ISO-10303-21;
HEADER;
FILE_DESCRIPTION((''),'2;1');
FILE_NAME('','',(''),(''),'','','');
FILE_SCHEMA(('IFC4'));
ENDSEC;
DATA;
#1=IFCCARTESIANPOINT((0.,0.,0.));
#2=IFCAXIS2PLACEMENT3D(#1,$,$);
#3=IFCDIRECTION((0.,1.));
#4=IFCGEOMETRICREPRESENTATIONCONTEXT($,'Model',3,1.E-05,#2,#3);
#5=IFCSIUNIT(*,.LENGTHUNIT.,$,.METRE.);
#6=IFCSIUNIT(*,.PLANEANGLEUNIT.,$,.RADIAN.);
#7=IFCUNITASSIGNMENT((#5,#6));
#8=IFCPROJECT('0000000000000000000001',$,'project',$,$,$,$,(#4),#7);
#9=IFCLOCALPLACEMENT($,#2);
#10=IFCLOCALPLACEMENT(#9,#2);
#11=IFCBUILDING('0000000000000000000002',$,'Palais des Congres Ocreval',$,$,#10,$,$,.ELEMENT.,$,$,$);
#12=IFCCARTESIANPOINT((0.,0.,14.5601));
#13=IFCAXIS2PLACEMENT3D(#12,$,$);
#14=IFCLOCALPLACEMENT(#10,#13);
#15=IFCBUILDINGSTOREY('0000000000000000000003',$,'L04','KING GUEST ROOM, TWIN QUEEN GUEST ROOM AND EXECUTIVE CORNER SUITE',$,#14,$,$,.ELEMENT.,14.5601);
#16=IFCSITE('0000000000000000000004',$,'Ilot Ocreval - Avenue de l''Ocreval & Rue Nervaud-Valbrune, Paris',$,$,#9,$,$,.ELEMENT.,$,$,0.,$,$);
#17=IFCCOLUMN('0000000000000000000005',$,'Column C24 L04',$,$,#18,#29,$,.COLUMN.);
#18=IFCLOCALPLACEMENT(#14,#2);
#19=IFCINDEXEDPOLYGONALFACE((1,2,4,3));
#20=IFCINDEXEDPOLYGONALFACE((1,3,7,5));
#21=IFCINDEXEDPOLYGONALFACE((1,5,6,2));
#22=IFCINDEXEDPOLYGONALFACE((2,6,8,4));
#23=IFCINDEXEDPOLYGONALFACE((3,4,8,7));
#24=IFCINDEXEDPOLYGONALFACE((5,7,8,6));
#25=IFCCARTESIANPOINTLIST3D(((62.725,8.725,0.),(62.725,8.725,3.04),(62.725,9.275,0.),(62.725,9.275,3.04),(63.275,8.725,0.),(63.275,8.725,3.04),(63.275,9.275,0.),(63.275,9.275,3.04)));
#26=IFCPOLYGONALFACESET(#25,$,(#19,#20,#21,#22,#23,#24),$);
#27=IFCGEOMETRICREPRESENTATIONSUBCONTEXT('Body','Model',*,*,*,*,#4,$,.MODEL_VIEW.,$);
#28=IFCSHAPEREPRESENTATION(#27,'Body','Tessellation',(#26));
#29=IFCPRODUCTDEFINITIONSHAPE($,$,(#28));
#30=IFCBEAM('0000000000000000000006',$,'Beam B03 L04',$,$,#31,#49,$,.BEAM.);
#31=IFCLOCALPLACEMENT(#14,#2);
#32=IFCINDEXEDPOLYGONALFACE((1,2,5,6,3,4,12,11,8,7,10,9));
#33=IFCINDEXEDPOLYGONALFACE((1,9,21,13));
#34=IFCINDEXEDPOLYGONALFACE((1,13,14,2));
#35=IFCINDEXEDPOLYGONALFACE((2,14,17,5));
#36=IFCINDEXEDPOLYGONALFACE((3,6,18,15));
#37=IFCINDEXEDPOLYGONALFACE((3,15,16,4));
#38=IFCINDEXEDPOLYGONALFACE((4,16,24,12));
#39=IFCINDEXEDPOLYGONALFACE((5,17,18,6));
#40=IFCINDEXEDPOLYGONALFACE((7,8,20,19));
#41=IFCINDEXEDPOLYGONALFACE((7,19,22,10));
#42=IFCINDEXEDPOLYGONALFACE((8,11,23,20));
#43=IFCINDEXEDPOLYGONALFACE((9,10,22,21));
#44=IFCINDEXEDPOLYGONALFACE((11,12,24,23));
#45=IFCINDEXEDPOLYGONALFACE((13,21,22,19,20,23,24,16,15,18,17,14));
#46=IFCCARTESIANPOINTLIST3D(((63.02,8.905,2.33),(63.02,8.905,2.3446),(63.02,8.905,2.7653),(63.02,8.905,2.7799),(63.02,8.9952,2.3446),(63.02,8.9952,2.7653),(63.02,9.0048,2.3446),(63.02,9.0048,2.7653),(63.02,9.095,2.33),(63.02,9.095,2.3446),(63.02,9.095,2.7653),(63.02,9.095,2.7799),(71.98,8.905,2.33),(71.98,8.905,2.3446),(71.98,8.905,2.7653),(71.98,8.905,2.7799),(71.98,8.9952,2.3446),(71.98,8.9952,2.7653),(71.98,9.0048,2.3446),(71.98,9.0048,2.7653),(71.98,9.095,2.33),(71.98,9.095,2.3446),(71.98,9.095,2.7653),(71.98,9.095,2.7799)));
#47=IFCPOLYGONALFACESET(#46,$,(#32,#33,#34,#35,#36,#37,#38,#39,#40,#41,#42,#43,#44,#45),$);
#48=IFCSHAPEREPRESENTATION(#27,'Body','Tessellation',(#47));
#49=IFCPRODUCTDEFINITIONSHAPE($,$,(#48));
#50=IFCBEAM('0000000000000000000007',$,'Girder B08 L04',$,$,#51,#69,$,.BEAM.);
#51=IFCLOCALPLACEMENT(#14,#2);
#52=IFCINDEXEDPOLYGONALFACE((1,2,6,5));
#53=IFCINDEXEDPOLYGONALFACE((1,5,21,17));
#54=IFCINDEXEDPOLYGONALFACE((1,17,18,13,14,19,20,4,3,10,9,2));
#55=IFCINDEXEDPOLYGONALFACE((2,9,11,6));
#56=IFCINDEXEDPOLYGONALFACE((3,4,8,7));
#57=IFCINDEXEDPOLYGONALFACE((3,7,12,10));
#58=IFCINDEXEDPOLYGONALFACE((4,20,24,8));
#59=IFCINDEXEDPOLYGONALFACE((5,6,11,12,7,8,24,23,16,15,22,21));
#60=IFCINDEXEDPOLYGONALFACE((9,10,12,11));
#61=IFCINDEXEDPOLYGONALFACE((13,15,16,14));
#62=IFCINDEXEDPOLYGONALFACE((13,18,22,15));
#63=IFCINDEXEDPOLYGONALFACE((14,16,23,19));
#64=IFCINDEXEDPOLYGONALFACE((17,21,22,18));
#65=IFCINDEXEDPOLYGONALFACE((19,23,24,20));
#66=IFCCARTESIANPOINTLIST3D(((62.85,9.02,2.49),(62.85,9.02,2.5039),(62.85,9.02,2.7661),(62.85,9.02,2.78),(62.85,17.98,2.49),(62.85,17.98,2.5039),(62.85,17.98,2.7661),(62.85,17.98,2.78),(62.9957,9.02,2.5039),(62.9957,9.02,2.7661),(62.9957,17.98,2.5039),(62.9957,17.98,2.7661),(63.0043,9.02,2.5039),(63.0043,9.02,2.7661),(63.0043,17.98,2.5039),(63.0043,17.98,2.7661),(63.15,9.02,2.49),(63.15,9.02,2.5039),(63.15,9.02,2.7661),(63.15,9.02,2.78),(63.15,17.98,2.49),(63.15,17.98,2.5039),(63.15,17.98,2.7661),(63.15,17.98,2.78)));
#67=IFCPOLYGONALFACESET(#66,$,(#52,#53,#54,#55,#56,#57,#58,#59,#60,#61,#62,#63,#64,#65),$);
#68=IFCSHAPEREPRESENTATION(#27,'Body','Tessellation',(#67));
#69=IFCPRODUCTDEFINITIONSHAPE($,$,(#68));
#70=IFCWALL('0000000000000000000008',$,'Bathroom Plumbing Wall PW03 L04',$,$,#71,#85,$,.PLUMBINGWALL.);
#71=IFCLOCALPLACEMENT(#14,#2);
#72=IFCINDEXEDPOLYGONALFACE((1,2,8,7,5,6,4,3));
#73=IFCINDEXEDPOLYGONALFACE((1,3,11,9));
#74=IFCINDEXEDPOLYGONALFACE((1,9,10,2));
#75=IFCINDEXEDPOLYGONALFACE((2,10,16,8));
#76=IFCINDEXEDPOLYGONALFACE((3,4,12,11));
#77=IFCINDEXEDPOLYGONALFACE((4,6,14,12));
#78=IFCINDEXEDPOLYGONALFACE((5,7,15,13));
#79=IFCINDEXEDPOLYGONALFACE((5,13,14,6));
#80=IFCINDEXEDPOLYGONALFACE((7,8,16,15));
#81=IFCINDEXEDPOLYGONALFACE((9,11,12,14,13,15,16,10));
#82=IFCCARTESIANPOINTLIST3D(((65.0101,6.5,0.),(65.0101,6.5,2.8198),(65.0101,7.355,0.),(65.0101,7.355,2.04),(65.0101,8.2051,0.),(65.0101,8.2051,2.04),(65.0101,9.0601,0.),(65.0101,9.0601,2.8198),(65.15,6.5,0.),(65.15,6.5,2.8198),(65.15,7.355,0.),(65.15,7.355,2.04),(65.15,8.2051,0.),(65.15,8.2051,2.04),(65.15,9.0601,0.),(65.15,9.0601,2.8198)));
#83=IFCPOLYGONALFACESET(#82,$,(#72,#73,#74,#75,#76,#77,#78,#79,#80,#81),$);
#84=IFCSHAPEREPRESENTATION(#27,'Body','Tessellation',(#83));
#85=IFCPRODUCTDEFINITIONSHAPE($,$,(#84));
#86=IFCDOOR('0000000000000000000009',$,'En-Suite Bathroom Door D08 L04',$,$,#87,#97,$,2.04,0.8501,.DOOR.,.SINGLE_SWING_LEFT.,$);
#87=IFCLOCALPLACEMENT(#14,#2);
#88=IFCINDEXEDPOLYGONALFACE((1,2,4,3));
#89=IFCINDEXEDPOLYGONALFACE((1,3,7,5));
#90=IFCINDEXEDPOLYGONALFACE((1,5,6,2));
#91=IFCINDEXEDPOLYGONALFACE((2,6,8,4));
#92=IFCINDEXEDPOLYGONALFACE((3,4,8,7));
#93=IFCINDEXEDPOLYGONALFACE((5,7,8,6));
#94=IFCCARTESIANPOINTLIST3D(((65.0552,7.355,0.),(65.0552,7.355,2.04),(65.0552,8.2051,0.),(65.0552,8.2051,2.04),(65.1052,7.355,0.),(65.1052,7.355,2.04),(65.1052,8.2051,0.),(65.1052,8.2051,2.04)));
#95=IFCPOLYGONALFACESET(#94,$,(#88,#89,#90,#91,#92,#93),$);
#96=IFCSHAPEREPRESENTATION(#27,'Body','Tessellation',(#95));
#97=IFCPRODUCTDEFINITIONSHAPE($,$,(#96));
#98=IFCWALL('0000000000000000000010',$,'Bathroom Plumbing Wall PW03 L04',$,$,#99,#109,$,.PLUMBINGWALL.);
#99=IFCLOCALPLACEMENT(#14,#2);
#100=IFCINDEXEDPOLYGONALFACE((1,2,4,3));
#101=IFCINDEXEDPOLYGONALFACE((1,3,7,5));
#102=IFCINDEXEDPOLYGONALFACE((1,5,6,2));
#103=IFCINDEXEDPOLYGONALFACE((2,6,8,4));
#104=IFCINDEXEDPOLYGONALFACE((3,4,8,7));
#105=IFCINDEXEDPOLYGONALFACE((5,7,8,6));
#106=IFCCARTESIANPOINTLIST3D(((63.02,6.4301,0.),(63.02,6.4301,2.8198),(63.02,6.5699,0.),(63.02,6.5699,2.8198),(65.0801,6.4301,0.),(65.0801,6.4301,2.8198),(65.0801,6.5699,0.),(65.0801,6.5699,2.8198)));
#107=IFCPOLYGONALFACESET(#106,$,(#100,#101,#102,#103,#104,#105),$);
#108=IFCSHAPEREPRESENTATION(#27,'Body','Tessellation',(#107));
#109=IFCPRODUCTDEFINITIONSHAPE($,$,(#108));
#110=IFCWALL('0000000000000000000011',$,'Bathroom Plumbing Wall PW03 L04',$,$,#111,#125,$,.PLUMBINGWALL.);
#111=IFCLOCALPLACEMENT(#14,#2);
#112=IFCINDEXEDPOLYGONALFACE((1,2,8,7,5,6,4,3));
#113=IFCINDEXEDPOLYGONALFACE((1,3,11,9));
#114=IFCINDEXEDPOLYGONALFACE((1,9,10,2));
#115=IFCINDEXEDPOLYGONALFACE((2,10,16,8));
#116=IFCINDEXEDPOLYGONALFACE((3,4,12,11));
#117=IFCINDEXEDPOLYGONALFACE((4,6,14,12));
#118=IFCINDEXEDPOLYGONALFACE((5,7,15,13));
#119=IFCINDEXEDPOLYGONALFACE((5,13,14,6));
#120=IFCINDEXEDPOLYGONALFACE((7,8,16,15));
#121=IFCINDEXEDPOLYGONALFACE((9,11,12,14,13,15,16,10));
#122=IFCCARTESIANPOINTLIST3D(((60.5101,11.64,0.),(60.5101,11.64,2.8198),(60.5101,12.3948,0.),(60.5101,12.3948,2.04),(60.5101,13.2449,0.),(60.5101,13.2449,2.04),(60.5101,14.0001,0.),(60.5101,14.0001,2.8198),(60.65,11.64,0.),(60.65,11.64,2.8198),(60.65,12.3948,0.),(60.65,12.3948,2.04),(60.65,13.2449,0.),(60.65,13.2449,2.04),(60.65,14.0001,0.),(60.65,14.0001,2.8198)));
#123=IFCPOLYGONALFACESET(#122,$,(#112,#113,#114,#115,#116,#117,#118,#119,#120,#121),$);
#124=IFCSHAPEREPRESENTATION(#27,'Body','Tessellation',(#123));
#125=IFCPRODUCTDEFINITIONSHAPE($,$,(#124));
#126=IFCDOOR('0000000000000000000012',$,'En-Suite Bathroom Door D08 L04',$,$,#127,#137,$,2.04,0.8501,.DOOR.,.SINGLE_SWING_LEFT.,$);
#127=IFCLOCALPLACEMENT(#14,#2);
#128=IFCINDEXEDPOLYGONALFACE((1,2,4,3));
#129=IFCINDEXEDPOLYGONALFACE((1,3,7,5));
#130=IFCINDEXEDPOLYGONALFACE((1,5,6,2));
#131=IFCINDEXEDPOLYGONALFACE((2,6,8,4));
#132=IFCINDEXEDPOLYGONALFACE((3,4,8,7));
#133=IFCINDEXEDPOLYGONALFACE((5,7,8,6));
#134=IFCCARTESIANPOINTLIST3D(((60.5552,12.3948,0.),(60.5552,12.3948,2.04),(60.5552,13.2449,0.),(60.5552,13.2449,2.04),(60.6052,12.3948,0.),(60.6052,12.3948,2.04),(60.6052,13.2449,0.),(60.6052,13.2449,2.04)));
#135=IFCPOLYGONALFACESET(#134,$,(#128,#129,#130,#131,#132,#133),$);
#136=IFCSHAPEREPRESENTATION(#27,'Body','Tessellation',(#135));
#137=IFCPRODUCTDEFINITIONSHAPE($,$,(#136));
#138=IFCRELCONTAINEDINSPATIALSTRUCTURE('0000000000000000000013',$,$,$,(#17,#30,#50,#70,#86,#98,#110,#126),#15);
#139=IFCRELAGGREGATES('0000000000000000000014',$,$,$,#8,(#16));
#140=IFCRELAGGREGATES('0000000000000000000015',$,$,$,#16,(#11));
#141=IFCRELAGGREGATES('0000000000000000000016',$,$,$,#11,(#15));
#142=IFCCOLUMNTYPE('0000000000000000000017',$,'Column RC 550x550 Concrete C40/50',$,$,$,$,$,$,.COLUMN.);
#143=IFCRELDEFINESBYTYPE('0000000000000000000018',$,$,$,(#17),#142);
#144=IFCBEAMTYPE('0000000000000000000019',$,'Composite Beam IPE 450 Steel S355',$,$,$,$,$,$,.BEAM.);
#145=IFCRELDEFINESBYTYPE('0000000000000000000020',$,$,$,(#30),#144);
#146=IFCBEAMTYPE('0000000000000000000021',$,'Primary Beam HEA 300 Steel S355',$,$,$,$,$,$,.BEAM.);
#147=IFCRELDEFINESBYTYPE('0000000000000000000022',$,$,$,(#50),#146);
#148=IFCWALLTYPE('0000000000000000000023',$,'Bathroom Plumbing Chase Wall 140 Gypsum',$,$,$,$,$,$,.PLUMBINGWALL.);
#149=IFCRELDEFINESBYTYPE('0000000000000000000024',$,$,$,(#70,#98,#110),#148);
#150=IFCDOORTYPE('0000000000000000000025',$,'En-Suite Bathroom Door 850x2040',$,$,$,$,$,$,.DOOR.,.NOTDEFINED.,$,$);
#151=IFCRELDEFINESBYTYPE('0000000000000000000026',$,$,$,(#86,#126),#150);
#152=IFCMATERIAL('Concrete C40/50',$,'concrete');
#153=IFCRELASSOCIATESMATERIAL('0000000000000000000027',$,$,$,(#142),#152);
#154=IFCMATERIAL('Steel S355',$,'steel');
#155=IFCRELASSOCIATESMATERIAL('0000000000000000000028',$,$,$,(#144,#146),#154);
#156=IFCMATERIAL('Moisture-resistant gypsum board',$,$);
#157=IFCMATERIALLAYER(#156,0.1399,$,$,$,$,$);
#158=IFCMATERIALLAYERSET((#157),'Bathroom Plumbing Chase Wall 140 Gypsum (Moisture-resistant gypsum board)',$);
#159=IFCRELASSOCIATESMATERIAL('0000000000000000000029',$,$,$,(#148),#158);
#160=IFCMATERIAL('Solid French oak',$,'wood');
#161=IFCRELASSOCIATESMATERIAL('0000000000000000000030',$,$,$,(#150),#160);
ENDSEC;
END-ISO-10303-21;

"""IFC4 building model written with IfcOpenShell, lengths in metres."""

from ifc_helpers import new_model, si_unit, direction, frame, frame_2d, origin, origin_2d, place, context, subcontext, project, spatial, rectangle, i_section, extrude, material, layer, layer_set, material_profile, profile_set, type_object, element, fill, save


model = new_model("IFC4")

# Units and contexts
model_context = context("Model", 3, precision=1e-05, world=origin(), true_north=direction((0.0, 1.0)))
body_context = subcontext(model_context, "Body", "Model", "MODEL_VIEW")
ifc_project = project(units=[si_unit("LENGTHUNIT", "METRE"), si_unit("PLANEANGLEUNIT", "RADIAN")], contexts=[model_context])

# Site, building, storey
site_placement = place(None, origin())
site = spatial("IfcSite", under=ifc_project, at=site_placement, Name="Ilot Ocreval - Avenue de l'Ocreval & Rue Nervaud-Valbrune, Paris", CompositionType="ELEMENT", RefElevation=0.0)
building_placement = place(site_placement, origin())
building = spatial("IfcBuilding", under=site, at=building_placement, Name="Palais des Congres Ocreval", CompositionType="ELEMENT")
storey_placement = place(building_placement, frame((0.0, 0.0, 14.5601)))
storey = spatial("IfcBuildingStorey", under=building, at=storey_placement, Name="L04", Description="KING GUEST ROOM, TWIN QUEEN GUEST ROOM AND EXECUTIVE CORNER SUITE", CompositionType="ELEMENT", Elevation=14.5601)

# Column
ifc_material_1 = material(Name="Concrete C40/50", Category="concrete")
ifc_material_profile_1 = material_profile(ifc_material_1, rectangle(XDim=0.55, YDim=0.55, at=origin_2d()), Name="RC 550x550")
ifc_profile_set_1 = profile_set([ifc_material_profile_1], Name="Concrete C40/50")
column_type = type_object("IfcColumnType", Name="Column RC 550x550 Concrete C40/50", PredefinedType="COLUMN", material=ifc_profile_set_1)
column_placement = place(storey_placement, frame((63.0, 9.0, 0.0), z_axis=(0.0, 0.0, 1.0), x_axis=(1.0, 0.0, 0.0)))
element("IfcColumn", 1, at=column_placement, inside=storey, type_object=column_type, Name="Column C24 L04", PredefinedType="COLUMN", context=body_context, shape_type="SweptSolid", body=[
    extrude(rectangle(XDim=0.55, YDim=0.55, at=origin_2d()), origin(), (0.0, 0.0, 1.0), 3.04),
])

# Beams
ifc_material_2 = material(Name="Steel S355", Category="steel")
ifc_material_profile_2 = material_profile(ifc_material_2, i_section(OverallWidth=0.1899, OverallDepth=0.45, WebThickness=0.0095, FlangeThickness=0.0146, at=origin_2d()), Name="IPE 450")
ifc_profile_set_2 = profile_set([ifc_material_profile_2], Name="Steel S355")
beam_type_1 = type_object("IfcBeamType", Name="Composite Beam IPE 450 Steel S355", PredefinedType="BEAM", material=ifc_profile_set_2)
beam_1_placement = place(storey_placement, frame((63.02, 9.0, 2.5549), z_axis=(1.0, 0.0, 0.0), x_axis=(0.0, 1.0, 0.0)))
element("IfcBeam", 2, at=beam_1_placement, inside=storey, type_object=beam_type_1, Name="Beam B03 L04", PredefinedType="BEAM", context=body_context, shape_type="SweptSolid", body=[
    extrude(i_section(OverallWidth=0.1899, OverallDepth=0.45, WebThickness=0.0095, FlangeThickness=0.0146, at=origin_2d()), origin(), (0.0, 0.0, 1.0), 8.96),
])
ifc_material_profile_3 = material_profile(ifc_material_2, i_section(OverallWidth=0.3, OverallDepth=0.29, WebThickness=0.0085, FlangeThickness=0.0139, at=origin_2d()), Name="HEA 300")
ifc_profile_set_3 = profile_set([ifc_material_profile_3], Name="Steel S355")
beam_type_2 = type_object("IfcBeamType", Name="Primary Beam HEA 300 Steel S355", PredefinedType="BEAM", material=ifc_profile_set_3)
beam_2_placement = place(storey_placement, frame((63.0, 9.02, 2.635), z_axis=(0.0, 1.0, 0.0), x_axis=(-1.0, 0.0, 0.0)))
element("IfcBeam", 3, at=beam_2_placement, inside=storey, type_object=beam_type_2, Name="Girder B08 L04", PredefinedType="BEAM", context=body_context, shape_type="SweptSolid", body=[
    extrude(i_section(OverallWidth=0.3, OverallDepth=0.29, WebThickness=0.0085, FlangeThickness=0.0139, at=origin_2d()), origin(), (0.0, 0.0, 1.0), 8.96),
])

# Wall, opening, door
ifc_material_3 = material(Name="Moisture-resistant gypsum board")
ifc_layer_1 = layer(ifc_material_3, 0.1399)
ifc_layer_set_1 = layer_set([ifc_layer_1], Name="Bathroom Plumbing Chase Wall 140 Gypsum (Moisture-resistant gypsum board)")
wall_type_1 = type_object("IfcWallType", Name="Bathroom Plumbing Chase Wall 140 Gypsum", PredefinedType="PLUMBINGWALL", material=ifc_layer_set_1)
wall_1_placement = place(storey_placement, frame((65.0801, 6.5, 0.0), z_axis=(0.0, 0.0, 1.0), x_axis=(0.0, 1.0, 0.0)))
wall_1 = element("IfcWall", 4, at=wall_1_placement, inside=storey, type_object=wall_type_1, Name="Bathroom Plumbing Wall PW03 L04", PredefinedType="PLUMBINGWALL", context=body_context, shape_type="SweptSolid", body=[
    extrude(rectangle(XDim=2.5601, YDim=0.1399, at=frame_2d((1.28, 0.0))), origin(), (0.0, 0.0, 1.0), 2.8198),
])
opening_1_placement = place(wall_1_placement, frame((0.855, 0.0, 0.0)))
opening_1 = element("IfcOpeningElement", 5, at=opening_1_placement, cuts=wall_1, PredefinedType="OPENING", context=body_context, shape_type="SweptSolid", body=[
    extrude(rectangle(XDim=0.8501, YDim=2.04, at=frame_2d((0.425, 1.02))), frame((0.0, 0.0798, 0.0), z_axis=(0.0, -1.0, 0.0), x_axis=(1.0, 0.0, 0.0)), (0.0, 0.0, 1.0), 0.1599),
])
ifc_material_4 = material(Name="Solid French oak", Category="wood")
door_type_1 = type_object("IfcDoorType", Name="En-Suite Bathroom Door 850x2040", OperationType="NOTDEFINED", PredefinedType="DOOR", material=ifc_material_4)
door_1_placement = place(opening_1_placement, origin())
door_1 = element("IfcDoor", 6, at=door_1_placement, inside=storey, type_object=door_type_1, Name="En-Suite Bathroom Door D08 L04", OperationType="SINGLE_SWING_LEFT", OverallHeight=2.04, OverallWidth=0.8501, PredefinedType="DOOR", context=body_context, shape_type="SweptSolid", body=[
    extrude(rectangle(XDim=0.8501, YDim=2.04, at=frame_2d((0.425, 1.02))), frame((0.0, 0.0249, 0.0), z_axis=(0.0, -1.0, 0.0), x_axis=(1.0, 0.0, 0.0)), (0.0, 0.0, 1.0), 0.05),
])
fill(opening_1, door_1)

# Wall
wall_2_placement = place(storey_placement, frame((63.02, 6.5, 0.0), z_axis=(0.0, 0.0, 1.0), x_axis=(1.0, 0.0, 0.0)))
element("IfcWall", 7, at=wall_2_placement, inside=storey, type_object=wall_type_1, Name="Bathroom Plumbing Wall PW03 L04", PredefinedType="PLUMBINGWALL", context=body_context, shape_type="SweptSolid", body=[
    extrude(rectangle(XDim=2.0601, YDim=0.1399, at=frame_2d((1.03, 0.0))), origin(), (0.0, 0.0, 1.0), 2.8198),
])

# Wall, opening, door
wall_3_placement = place(storey_placement, frame((60.5801, 11.6399, 0.0), z_axis=(0.0, 0.0, 1.0), x_axis=(0.0, 1.0, 0.0)))
wall_3 = element("IfcWall", 8, at=wall_3_placement, inside=storey, type_object=wall_type_1, Name="Bathroom Plumbing Wall PW03 L04", PredefinedType="PLUMBINGWALL", context=body_context, shape_type="SweptSolid", body=[
    extrude(rectangle(XDim=2.3601, YDim=0.1399, at=frame_2d((1.1802, 0.0))), origin(), (0.0, 0.0, 1.0), 2.8198),
])
opening_2_placement = place(wall_3_placement, frame((0.7549, 0.0, 0.0)))
opening_2 = element("IfcOpeningElement", 9, at=opening_2_placement, cuts=wall_3, PredefinedType="OPENING", context=body_context, shape_type="SweptSolid", body=[
    extrude(rectangle(XDim=0.8501, YDim=2.04, at=frame_2d((0.425, 1.02))), frame((0.0, 0.0798, 0.0), z_axis=(0.0, -1.0, 0.0), x_axis=(1.0, 0.0, 0.0)), (0.0, 0.0, 1.0), 0.1599),
])
door_2_placement = place(opening_2_placement, origin())
door_2 = element("IfcDoor", 10, at=door_2_placement, inside=storey, type_object=door_type_1, Name="En-Suite Bathroom Door D08 L04", OperationType="SINGLE_SWING_LEFT", OverallHeight=2.04, OverallWidth=0.8501, PredefinedType="DOOR", context=body_context, shape_type="SweptSolid", body=[
    extrude(rectangle(XDim=0.8501, YDim=2.04, at=frame_2d((0.425, 1.02))), frame((0.0, 0.0249, 0.0), z_axis=(0.0, -1.0, 0.0), x_axis=(1.0, 0.0, 0.0)), (0.0, 0.0, 1.0), 0.05),
])
fill(opening_2, door_2)

save(model, "model.ifc")
